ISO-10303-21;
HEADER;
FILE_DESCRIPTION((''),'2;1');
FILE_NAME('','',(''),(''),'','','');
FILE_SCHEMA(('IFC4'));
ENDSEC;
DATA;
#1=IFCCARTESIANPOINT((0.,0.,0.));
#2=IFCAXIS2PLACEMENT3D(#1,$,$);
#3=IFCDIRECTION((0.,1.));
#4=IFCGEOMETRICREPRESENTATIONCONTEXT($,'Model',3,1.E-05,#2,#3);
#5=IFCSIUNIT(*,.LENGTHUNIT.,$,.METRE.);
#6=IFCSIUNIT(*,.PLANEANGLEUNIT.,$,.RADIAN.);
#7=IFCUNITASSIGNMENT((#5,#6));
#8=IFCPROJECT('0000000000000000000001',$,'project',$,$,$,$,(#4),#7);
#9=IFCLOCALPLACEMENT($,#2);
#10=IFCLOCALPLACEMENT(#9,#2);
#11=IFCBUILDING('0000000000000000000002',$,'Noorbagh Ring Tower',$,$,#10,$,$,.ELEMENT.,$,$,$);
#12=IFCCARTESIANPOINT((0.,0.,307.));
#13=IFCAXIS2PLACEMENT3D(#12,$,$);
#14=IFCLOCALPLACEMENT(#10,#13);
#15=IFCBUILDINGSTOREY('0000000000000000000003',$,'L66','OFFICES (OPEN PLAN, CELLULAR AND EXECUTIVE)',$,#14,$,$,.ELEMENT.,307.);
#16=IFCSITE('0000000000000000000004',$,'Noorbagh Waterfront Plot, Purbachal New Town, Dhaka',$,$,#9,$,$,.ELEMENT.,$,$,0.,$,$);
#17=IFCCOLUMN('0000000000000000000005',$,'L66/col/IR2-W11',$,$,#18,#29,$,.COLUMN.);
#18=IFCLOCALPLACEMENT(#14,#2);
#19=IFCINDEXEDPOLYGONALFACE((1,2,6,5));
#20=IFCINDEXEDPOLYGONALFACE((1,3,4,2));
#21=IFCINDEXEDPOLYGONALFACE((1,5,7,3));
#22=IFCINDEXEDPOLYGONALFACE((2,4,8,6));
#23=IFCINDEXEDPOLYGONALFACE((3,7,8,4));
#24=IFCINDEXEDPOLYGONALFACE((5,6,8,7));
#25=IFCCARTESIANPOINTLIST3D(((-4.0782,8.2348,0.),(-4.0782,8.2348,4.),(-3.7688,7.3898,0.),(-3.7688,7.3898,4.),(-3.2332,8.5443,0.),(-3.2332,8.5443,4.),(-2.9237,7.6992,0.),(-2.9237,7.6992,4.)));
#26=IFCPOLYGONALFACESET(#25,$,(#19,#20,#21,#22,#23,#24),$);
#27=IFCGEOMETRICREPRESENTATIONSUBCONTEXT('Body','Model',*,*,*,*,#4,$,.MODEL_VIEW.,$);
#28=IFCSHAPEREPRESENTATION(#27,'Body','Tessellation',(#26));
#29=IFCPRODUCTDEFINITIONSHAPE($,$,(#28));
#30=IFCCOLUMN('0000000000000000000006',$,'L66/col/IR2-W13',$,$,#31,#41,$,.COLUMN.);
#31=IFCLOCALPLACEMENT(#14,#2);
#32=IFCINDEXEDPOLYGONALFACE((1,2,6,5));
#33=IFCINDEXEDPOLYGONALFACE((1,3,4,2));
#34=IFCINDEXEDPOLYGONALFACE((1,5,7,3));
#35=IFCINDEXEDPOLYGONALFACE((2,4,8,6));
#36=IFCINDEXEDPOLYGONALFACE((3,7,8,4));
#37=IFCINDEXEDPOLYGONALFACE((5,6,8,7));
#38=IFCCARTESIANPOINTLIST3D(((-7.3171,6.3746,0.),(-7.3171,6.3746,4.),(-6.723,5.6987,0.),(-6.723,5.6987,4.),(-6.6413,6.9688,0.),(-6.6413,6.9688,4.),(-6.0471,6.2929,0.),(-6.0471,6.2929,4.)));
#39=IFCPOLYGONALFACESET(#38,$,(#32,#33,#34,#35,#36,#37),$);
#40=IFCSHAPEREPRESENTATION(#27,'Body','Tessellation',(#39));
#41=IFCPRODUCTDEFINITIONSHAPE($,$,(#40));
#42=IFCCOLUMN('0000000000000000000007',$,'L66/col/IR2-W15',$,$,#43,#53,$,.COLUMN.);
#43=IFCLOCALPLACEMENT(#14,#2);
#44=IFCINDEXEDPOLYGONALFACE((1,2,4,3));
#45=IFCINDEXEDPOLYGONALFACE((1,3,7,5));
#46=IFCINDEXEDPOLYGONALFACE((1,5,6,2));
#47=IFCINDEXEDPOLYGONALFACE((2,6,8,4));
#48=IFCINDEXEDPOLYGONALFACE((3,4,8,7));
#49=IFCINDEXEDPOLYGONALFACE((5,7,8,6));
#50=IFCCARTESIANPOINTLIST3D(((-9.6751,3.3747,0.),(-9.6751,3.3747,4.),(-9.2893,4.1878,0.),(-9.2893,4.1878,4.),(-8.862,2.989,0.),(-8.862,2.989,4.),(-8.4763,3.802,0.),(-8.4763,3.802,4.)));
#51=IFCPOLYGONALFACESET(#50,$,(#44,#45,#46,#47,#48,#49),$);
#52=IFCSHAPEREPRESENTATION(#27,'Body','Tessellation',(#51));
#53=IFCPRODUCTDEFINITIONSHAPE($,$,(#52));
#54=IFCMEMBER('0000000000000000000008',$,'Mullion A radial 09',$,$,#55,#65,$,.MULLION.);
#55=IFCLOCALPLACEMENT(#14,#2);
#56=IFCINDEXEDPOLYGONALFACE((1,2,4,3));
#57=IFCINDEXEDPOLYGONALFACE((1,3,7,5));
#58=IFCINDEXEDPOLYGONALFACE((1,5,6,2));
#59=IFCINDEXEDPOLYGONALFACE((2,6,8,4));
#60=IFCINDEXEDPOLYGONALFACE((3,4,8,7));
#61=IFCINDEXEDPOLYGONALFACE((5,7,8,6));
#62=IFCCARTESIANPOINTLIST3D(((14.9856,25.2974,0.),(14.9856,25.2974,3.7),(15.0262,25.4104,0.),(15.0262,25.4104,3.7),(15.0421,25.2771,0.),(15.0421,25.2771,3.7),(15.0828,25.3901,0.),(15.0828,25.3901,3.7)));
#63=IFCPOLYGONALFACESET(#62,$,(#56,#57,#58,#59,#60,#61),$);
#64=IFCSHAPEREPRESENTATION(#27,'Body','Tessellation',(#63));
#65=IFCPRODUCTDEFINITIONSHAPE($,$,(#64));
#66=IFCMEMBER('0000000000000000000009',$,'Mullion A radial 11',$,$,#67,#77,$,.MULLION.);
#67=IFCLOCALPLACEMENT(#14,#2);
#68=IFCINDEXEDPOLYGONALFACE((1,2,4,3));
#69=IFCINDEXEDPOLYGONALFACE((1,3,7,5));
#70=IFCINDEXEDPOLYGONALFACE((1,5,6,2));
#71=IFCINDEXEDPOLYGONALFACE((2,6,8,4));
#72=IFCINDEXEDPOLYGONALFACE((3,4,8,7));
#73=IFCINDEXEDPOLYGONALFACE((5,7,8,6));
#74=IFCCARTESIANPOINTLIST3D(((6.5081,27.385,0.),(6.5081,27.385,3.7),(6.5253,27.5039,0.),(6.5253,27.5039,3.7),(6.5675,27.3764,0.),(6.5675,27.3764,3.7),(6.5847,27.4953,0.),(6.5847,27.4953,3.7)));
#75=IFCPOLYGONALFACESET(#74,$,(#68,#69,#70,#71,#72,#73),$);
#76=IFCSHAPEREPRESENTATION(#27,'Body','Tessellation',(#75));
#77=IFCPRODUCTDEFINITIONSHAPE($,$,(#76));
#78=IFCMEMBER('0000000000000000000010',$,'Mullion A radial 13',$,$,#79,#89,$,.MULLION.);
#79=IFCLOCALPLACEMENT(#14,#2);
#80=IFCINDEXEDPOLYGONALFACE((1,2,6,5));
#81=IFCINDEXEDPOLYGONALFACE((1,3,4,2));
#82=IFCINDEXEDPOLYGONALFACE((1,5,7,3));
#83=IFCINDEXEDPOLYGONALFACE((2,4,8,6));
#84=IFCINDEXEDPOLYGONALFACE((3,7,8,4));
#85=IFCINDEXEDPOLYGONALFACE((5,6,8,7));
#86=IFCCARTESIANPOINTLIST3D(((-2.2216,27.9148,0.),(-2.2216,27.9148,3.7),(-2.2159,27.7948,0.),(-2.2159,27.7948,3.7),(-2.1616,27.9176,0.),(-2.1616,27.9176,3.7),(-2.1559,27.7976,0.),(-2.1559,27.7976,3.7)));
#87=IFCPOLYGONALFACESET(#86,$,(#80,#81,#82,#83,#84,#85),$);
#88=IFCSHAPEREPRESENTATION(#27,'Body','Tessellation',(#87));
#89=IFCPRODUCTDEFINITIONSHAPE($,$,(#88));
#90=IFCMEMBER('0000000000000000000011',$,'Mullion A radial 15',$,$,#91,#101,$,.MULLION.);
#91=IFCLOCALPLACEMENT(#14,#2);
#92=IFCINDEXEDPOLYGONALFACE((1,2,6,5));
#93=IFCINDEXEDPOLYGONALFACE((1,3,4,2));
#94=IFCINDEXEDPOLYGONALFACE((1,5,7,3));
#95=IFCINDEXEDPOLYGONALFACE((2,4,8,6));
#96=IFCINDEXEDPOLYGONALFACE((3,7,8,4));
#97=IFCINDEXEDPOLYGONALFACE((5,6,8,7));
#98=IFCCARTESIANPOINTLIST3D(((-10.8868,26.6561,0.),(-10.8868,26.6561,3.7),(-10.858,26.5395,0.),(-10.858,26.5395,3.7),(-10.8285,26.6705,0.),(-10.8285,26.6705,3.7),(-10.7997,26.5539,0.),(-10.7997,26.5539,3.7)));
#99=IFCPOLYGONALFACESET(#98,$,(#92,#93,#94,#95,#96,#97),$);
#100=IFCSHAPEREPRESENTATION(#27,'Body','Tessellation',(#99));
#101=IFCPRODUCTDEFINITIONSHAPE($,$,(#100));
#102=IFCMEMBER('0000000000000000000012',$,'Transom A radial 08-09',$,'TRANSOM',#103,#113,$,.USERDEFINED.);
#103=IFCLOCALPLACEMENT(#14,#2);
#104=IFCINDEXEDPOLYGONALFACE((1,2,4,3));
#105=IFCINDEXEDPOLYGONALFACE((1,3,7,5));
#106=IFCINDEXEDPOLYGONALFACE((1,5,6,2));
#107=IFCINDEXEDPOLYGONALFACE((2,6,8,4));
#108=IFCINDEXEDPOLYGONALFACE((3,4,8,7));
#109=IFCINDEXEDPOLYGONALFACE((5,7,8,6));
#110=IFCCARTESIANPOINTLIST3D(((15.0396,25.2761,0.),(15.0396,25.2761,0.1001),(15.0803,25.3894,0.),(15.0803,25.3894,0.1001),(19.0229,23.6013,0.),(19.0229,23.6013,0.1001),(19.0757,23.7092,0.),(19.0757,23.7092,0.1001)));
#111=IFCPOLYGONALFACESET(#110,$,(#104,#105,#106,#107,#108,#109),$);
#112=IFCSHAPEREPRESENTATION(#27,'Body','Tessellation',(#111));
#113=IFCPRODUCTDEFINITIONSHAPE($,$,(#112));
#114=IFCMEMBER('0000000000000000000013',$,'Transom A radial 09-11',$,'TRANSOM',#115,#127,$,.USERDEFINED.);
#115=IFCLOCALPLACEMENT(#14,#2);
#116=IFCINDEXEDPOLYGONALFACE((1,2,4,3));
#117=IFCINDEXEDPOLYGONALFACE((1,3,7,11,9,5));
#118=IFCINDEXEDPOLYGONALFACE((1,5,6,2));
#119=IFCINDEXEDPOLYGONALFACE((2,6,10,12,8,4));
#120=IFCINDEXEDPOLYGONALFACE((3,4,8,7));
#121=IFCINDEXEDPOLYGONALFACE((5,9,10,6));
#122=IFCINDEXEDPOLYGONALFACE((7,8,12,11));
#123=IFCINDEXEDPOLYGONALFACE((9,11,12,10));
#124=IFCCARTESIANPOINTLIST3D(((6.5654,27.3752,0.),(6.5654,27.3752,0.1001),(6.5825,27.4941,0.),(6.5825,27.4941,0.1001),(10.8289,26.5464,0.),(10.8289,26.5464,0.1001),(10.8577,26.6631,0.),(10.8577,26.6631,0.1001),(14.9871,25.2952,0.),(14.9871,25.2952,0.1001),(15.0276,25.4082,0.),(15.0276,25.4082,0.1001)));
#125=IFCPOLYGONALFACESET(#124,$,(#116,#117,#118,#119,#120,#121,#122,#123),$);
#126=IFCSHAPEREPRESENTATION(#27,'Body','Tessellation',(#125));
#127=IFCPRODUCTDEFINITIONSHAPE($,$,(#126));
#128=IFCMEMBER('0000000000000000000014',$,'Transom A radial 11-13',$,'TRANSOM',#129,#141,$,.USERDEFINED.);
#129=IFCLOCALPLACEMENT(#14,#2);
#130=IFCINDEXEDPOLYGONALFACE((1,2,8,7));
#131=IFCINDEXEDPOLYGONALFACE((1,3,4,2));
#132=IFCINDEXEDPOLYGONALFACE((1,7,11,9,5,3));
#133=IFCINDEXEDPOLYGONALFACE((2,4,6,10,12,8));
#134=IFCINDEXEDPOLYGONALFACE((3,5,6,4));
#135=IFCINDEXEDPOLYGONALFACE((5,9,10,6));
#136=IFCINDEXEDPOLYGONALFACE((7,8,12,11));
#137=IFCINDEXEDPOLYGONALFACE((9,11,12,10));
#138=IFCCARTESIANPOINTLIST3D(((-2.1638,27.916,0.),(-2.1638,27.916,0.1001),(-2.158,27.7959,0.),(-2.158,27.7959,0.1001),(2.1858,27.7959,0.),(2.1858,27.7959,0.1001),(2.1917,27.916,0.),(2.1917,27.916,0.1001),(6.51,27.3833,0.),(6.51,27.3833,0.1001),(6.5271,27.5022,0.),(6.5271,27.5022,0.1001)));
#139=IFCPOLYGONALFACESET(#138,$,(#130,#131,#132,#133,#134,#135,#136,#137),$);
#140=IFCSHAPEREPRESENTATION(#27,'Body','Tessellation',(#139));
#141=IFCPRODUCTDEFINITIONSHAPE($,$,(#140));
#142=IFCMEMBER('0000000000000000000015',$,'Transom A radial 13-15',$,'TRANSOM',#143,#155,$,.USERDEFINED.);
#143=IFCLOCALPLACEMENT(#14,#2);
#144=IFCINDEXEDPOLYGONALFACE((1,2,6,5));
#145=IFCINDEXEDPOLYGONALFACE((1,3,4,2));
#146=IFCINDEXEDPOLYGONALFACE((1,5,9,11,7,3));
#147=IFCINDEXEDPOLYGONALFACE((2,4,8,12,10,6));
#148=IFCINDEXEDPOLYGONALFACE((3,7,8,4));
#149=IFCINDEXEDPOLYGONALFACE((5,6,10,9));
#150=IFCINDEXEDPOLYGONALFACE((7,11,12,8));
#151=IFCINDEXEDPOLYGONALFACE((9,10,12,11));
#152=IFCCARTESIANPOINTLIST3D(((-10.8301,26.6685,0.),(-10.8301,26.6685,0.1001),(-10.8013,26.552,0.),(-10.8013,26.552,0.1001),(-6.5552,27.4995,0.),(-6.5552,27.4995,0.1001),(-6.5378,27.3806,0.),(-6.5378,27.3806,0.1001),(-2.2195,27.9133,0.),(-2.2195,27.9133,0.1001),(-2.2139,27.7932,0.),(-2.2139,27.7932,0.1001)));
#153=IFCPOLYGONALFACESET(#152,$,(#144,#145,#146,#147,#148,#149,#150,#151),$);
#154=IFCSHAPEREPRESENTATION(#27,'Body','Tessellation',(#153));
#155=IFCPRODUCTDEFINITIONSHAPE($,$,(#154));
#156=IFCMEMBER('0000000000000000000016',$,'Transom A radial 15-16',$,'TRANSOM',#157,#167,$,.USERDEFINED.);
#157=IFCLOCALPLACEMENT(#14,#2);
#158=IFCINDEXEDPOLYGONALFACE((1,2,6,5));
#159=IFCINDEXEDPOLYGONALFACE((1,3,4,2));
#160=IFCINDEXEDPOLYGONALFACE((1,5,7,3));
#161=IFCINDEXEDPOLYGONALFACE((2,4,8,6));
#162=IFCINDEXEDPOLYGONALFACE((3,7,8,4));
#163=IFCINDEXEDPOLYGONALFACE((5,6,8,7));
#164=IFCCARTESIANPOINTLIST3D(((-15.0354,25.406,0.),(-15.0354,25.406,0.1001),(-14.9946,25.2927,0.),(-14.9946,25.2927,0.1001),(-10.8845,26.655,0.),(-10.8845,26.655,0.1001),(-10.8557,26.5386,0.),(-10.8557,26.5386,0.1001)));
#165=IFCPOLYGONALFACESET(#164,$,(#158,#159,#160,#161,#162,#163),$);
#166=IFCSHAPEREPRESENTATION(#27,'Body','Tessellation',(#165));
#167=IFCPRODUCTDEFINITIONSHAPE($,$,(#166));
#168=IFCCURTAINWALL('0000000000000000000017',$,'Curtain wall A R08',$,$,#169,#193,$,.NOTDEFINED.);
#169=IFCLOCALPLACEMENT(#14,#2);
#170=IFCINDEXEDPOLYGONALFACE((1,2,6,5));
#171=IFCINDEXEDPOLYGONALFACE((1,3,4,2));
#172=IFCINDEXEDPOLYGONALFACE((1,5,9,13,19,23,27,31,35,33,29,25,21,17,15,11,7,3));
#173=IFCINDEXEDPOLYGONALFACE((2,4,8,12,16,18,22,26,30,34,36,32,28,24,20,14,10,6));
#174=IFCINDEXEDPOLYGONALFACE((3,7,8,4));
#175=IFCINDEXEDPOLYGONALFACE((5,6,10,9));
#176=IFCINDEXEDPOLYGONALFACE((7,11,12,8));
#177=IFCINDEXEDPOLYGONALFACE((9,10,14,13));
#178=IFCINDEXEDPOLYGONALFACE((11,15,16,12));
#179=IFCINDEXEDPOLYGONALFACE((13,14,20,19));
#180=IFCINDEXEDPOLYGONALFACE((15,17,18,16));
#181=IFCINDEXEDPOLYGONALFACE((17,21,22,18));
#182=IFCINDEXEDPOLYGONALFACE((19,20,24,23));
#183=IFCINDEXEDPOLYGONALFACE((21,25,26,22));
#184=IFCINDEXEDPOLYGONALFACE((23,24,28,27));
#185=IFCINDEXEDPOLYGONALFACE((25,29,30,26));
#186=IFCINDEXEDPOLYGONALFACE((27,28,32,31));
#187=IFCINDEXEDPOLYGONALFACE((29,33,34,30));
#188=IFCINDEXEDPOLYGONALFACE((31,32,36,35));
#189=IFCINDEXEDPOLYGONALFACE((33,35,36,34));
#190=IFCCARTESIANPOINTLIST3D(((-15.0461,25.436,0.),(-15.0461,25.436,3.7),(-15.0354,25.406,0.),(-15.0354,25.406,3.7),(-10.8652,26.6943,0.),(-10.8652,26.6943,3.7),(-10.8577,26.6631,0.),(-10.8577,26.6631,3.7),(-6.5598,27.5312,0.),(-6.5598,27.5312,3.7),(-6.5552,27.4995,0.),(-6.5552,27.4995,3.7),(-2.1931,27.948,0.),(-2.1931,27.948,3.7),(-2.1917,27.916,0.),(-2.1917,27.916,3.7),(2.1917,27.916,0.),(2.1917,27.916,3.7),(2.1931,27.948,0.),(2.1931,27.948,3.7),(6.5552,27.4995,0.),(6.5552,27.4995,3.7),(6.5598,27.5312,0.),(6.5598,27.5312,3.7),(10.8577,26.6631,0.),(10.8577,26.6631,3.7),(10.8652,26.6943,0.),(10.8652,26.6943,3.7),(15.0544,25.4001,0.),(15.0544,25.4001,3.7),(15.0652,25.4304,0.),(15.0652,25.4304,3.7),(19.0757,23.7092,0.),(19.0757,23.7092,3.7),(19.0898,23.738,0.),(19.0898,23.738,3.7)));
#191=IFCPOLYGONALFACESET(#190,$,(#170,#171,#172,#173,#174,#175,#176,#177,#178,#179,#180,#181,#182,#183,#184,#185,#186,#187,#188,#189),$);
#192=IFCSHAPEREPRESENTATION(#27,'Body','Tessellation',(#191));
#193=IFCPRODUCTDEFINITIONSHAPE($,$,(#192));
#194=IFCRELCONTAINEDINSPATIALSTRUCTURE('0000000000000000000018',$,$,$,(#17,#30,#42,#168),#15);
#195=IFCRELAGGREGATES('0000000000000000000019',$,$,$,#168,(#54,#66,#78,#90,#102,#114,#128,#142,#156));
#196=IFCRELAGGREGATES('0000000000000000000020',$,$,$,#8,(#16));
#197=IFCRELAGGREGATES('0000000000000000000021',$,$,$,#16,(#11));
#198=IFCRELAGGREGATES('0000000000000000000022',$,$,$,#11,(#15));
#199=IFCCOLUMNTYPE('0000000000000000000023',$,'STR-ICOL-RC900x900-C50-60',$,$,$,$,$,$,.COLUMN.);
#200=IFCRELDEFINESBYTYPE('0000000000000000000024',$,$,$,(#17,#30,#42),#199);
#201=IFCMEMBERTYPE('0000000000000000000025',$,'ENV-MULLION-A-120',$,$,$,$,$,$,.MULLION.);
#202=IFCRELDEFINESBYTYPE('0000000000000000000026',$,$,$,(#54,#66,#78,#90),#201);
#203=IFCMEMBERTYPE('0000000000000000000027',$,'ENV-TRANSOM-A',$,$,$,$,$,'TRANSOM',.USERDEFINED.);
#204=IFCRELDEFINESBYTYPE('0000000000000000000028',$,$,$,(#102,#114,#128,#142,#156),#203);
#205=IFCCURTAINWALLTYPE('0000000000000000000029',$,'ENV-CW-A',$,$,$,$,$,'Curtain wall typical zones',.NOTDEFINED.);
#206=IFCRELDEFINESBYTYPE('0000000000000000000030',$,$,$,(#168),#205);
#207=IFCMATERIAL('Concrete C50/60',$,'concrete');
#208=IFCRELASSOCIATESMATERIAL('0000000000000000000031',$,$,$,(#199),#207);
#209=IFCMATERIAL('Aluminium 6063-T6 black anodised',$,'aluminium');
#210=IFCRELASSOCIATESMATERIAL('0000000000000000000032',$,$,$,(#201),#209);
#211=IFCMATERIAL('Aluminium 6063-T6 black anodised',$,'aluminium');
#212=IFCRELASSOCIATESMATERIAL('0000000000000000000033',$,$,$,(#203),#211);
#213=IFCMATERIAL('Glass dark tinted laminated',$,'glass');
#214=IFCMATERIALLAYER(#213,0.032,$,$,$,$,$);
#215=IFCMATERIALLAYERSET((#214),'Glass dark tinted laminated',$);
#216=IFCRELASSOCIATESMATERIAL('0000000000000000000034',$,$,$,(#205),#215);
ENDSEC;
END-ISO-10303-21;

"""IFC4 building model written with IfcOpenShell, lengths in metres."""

from ifc_helpers import new_model, si_unit, direction, frame, origin, origin_2d, place, context, subcontext, project, spatial, polyline, rectangle, outline, extrude, material, layer, layer_set, material_profile, profile_set, type_object, element, aggregate, save


model = new_model("IFC4")

# Units and contexts
model_context = context("Model", 3, precision=1e-05, world=origin(), true_north=direction((0.0, 1.0)))
body_context = subcontext(model_context, "Body", "Model", "MODEL_VIEW")
ifc_project = project(units=[si_unit("LENGTHUNIT", "METRE"), si_unit("PLANEANGLEUNIT", "RADIAN")], contexts=[model_context])

# Site, building, storey
site_placement = place(None, origin())
site = spatial("IfcSite", under=ifc_project, at=site_placement, Name="Noorbagh Waterfront Plot, Purbachal New Town, Dhaka", CompositionType="ELEMENT", RefElevation=0.0)
building_placement = place(site_placement, origin())
building = spatial("IfcBuilding", under=site, at=building_placement, Name="Noorbagh Ring Tower", CompositionType="ELEMENT")
storey_placement = place(building_placement, frame((0.0, 0.0, 307.0)))
storey = spatial("IfcBuildingStorey", under=building, at=storey_placement, Name="L66", Description="OFFICES (OPEN PLAN, CELLULAR AND EXECUTIVE)", CompositionType="ELEMENT", Elevation=307.0)

# Columns
ifc_material_1 = material(Name="Concrete C50/60", Category="concrete")
ifc_material_profile_1 = material_profile(ifc_material_1, rectangle(XDim=0.8999, YDim=0.8999, at=origin_2d()), Name="RC900x900")
ifc_profile_set_1 = profile_set([ifc_material_profile_1], Name="Concrete C50/60")
column_type = type_object("IfcColumnType", Name="STR-ICOL-RC900x900-C50-60", PredefinedType="COLUMN", material=ifc_profile_set_1)
for number, where, z_axis, x_axis, name in (
    (1, (-3.501, 7.967, 0.0), (0.0, 0.0, 1.0), (-0.93902, -0.343864, 0.0), "L66/col/IR2-W11"),
    (2, (-6.6821, 6.3337, 0.0), (0.0, 0.0, 1.0), (-0.751022, -0.660277, 0.0), "L66/col/IR2-W13"),
    (3, (-9.0757, 3.5884, 0.0), (0.0, 0.0, 1.0), (-0.428667, -0.903463, 0.0), "L66/col/IR2-W15"),
):
    element("IfcColumn", number, at=place(storey_placement, frame(where, z_axis=z_axis, x_axis=x_axis)), inside=storey, type_object=column_type, Name=name, PredefinedType="COLUMN", context=body_context, shape_type="SweptSolid", body=[
        extrude(rectangle(XDim=0.8999, YDim=0.8999, at=origin_2d()), origin(), (0.0, 0.0, 1.0), 4.0),
    ])

# Members
ifc_material_2 = material(Name="Aluminium 6063-T6 black anodised", Category="aluminium")
ifc_material_profile_2 = material_profile(ifc_material_2, rectangle(XDim=0.1201, YDim=0.0601, at=origin_2d()), Name="120x60")
ifc_profile_set_2 = profile_set([ifc_material_profile_2], Name="Aluminium 6063-T6 black anodised")
member_type_1 = type_object("IfcMemberType", Name="ENV-MULLION-A-120", PredefinedType="MULLION", material=ifc_profile_set_2)
member_1_placement = place(storey_placement, frame((15.0342, 25.3438, 0.0), z_axis=(0.0, 0.0, 1.0), x_axis=(-0.338379, -0.94101, 0.0)))
member_1 = element("IfcMember", 4, at=member_1_placement, type_object=member_type_1, Name="Mullion A radial 09", PredefinedType="MULLION", context=body_context, shape_type="SweptSolid", body=[
    extrude(rectangle(XDim=0.1201, YDim=0.0601, at=origin_2d()), origin(), (0.0, 0.0, 1.0), 3.7),
])
member_2_placement = place(storey_placement, frame((6.5464, 27.4402, 0.0), z_axis=(0.0, 0.0, 1.0), x_axis=(-0.143082, -0.989711, 0.0)))
member_2 = element("IfcMember", 5, at=member_2_placement, type_object=member_type_1, Name="Mullion A radial 11", PredefinedType="MULLION", context=body_context, shape_type="SweptSolid", body=[
    extrude(rectangle(XDim=0.1201, YDim=0.0601, at=origin_2d()), origin(), (0.0, 0.0, 1.0), 3.7),
])
member_3_placement = place(storey_placement, frame((-2.1887, 27.8562, 0.0), z_axis=(0.0, 0.0, 1.0), x_axis=(0.047558, -0.998868, 0.0)))
member_3 = element("IfcMember", 6, at=member_3_placement, type_object=member_type_1, Name="Mullion A radial 13", PredefinedType="MULLION", context=body_context, shape_type="SweptSolid", body=[
    extrude(rectangle(XDim=0.1201, YDim=0.0601, at=origin_2d()), origin(), (0.0, 0.0, 1.0), 3.7),
])
member_4_placement = place(storey_placement, frame((-10.8433, 26.605, 0.0), z_axis=(0.0, 0.0, 1.0), x_axis=(0.239799, -0.970823, 0.0)))
member_4 = element("IfcMember", 7, at=member_4_placement, type_object=member_type_1, Name="Mullion A radial 15", PredefinedType="MULLION", context=body_context, shape_type="SweptSolid", body=[
    extrude(rectangle(XDim=0.1201, YDim=0.0601, at=origin_2d()), origin(), (0.0, 0.0, 1.0), 3.7),
])
ifc_material_3 = material(Name="Aluminium 6063-T6 black anodised", Category="aluminium")
member_type_2 = type_object("IfcMemberType", Name="ENV-TRANSOM-A", ElementType="TRANSOM", PredefinedType="USERDEFINED", material=ifc_material_3)
member_5_placement = place(storey_placement, origin())
member_5 = element("IfcMember", 8, at=member_5_placement, type_object=member_type_2, Name="Transom A radial 08-09", ObjectType="TRANSOM", PredefinedType="USERDEFINED", context=body_context, shape_type="SweptSolid", body=[
    extrude(outline(polyline([(19.0757, 23.7092), (15.0803, 25.3894), (15.0396, 25.2761), (19.0229, 23.6013), (19.0757, 23.7092)])), origin(), (0.0, 0.0, 1.0), 0.1001),
])
member_6_placement = place(storey_placement, origin())
member_6 = element("IfcMember", 9, at=member_6_placement, type_object=member_type_2, Name="Transom A radial 09-11", ObjectType="TRANSOM", PredefinedType="USERDEFINED", context=body_context, shape_type="SweptSolid", body=[
    extrude(outline(polyline([(15.0276, 25.4082), (10.8577, 26.6631), (6.5825, 27.4941), (6.5654, 27.3752), (10.8289, 26.5464), (14.9871, 25.2952), (15.0276, 25.4082)])), origin(), (0.0, 0.0, 1.0), 0.1001),
])
member_7_placement = place(storey_placement, origin())
member_7 = element("IfcMember", 10, at=member_7_placement, type_object=member_type_2, Name="Transom A radial 11-13", ObjectType="TRANSOM", PredefinedType="USERDEFINED", context=body_context, shape_type="SweptSolid", body=[
    extrude(outline(polyline([(6.5271, 27.5022), (2.1917, 27.916), (-2.1638, 27.916), (-2.158, 27.7959), (2.1858, 27.7959), (6.51, 27.3833), (6.5271, 27.5022)])), origin(), (0.0, 0.0, 1.0), 0.1001),
])
member_8_placement = place(storey_placement, origin())
member_8 = element("IfcMember", 11, at=member_8_placement, type_object=member_type_2, Name="Transom A radial 13-15", ObjectType="TRANSOM", PredefinedType="USERDEFINED", context=body_context, shape_type="SweptSolid", body=[
    extrude(outline(polyline([(-2.2195, 27.9133), (-6.5552, 27.4995), (-10.8301, 26.6685), (-10.8013, 26.552), (-6.5378, 27.3806), (-2.2139, 27.7932), (-2.2195, 27.9133)])), origin(), (0.0, 0.0, 1.0), 0.1001),
])
member_9_placement = place(storey_placement, origin())
member_9 = element("IfcMember", 12, at=member_9_placement, type_object=member_type_2, Name="Transom A radial 15-16", ObjectType="TRANSOM", PredefinedType="USERDEFINED", context=body_context, shape_type="SweptSolid", body=[
    extrude(outline(polyline([(-10.8845, 26.655), (-15.0354, 25.406), (-14.9946, 25.2927), (-10.8557, 26.5386), (-10.8845, 26.655)])), origin(), (0.0, 0.0, 1.0), 0.1001),
])

# Curtain wall
ifc_material_4 = material(Name="Glass dark tinted laminated", Category="glass")
ifc_layer_1 = layer(ifc_material_4, 0.032)
ifc_layer_set_1 = layer_set([ifc_layer_1], Name="Glass dark tinted laminated")
curtain_wall_type = type_object("IfcCurtainWallType", Name="ENV-CW-A", ElementType="Curtain wall typical zones", PredefinedType="NOTDEFINED", material=ifc_layer_set_1)
curtain_wall_placement = place(storey_placement, origin())
curtain_wall = element("IfcCurtainWall", 13, at=curtain_wall_placement, inside=storey, type_object=curtain_wall_type, Name="Curtain wall A R08", PredefinedType="NOTDEFINED", context=body_context, shape_type="SweptSolid", body=[
    extrude(outline(polyline([(19.0898, 23.738), (15.0652, 25.4304), (10.8652, 26.6943), (6.5598, 27.5312), (2.1931, 27.948), (-2.1931, 27.948), (-6.5598, 27.5312), (-10.8652, 26.6943), (-15.0461, 25.436), (-15.0354, 25.406), (-10.8577, 26.6631), (-6.5552, 27.4995), (-2.1917, 27.916), (2.1917, 27.916), (6.5552, 27.4995), (10.8577, 26.6631), (15.0544, 25.4001), (19.0757, 23.7092), (19.0898, 23.738)])), origin(), (0.0, 0.0, 1.0), 3.7),
])
aggregate(curtain_wall, [member_1, member_2, member_3, member_4, member_5, member_6, member_7, member_8, member_9])

save(model, "model.ifc")
